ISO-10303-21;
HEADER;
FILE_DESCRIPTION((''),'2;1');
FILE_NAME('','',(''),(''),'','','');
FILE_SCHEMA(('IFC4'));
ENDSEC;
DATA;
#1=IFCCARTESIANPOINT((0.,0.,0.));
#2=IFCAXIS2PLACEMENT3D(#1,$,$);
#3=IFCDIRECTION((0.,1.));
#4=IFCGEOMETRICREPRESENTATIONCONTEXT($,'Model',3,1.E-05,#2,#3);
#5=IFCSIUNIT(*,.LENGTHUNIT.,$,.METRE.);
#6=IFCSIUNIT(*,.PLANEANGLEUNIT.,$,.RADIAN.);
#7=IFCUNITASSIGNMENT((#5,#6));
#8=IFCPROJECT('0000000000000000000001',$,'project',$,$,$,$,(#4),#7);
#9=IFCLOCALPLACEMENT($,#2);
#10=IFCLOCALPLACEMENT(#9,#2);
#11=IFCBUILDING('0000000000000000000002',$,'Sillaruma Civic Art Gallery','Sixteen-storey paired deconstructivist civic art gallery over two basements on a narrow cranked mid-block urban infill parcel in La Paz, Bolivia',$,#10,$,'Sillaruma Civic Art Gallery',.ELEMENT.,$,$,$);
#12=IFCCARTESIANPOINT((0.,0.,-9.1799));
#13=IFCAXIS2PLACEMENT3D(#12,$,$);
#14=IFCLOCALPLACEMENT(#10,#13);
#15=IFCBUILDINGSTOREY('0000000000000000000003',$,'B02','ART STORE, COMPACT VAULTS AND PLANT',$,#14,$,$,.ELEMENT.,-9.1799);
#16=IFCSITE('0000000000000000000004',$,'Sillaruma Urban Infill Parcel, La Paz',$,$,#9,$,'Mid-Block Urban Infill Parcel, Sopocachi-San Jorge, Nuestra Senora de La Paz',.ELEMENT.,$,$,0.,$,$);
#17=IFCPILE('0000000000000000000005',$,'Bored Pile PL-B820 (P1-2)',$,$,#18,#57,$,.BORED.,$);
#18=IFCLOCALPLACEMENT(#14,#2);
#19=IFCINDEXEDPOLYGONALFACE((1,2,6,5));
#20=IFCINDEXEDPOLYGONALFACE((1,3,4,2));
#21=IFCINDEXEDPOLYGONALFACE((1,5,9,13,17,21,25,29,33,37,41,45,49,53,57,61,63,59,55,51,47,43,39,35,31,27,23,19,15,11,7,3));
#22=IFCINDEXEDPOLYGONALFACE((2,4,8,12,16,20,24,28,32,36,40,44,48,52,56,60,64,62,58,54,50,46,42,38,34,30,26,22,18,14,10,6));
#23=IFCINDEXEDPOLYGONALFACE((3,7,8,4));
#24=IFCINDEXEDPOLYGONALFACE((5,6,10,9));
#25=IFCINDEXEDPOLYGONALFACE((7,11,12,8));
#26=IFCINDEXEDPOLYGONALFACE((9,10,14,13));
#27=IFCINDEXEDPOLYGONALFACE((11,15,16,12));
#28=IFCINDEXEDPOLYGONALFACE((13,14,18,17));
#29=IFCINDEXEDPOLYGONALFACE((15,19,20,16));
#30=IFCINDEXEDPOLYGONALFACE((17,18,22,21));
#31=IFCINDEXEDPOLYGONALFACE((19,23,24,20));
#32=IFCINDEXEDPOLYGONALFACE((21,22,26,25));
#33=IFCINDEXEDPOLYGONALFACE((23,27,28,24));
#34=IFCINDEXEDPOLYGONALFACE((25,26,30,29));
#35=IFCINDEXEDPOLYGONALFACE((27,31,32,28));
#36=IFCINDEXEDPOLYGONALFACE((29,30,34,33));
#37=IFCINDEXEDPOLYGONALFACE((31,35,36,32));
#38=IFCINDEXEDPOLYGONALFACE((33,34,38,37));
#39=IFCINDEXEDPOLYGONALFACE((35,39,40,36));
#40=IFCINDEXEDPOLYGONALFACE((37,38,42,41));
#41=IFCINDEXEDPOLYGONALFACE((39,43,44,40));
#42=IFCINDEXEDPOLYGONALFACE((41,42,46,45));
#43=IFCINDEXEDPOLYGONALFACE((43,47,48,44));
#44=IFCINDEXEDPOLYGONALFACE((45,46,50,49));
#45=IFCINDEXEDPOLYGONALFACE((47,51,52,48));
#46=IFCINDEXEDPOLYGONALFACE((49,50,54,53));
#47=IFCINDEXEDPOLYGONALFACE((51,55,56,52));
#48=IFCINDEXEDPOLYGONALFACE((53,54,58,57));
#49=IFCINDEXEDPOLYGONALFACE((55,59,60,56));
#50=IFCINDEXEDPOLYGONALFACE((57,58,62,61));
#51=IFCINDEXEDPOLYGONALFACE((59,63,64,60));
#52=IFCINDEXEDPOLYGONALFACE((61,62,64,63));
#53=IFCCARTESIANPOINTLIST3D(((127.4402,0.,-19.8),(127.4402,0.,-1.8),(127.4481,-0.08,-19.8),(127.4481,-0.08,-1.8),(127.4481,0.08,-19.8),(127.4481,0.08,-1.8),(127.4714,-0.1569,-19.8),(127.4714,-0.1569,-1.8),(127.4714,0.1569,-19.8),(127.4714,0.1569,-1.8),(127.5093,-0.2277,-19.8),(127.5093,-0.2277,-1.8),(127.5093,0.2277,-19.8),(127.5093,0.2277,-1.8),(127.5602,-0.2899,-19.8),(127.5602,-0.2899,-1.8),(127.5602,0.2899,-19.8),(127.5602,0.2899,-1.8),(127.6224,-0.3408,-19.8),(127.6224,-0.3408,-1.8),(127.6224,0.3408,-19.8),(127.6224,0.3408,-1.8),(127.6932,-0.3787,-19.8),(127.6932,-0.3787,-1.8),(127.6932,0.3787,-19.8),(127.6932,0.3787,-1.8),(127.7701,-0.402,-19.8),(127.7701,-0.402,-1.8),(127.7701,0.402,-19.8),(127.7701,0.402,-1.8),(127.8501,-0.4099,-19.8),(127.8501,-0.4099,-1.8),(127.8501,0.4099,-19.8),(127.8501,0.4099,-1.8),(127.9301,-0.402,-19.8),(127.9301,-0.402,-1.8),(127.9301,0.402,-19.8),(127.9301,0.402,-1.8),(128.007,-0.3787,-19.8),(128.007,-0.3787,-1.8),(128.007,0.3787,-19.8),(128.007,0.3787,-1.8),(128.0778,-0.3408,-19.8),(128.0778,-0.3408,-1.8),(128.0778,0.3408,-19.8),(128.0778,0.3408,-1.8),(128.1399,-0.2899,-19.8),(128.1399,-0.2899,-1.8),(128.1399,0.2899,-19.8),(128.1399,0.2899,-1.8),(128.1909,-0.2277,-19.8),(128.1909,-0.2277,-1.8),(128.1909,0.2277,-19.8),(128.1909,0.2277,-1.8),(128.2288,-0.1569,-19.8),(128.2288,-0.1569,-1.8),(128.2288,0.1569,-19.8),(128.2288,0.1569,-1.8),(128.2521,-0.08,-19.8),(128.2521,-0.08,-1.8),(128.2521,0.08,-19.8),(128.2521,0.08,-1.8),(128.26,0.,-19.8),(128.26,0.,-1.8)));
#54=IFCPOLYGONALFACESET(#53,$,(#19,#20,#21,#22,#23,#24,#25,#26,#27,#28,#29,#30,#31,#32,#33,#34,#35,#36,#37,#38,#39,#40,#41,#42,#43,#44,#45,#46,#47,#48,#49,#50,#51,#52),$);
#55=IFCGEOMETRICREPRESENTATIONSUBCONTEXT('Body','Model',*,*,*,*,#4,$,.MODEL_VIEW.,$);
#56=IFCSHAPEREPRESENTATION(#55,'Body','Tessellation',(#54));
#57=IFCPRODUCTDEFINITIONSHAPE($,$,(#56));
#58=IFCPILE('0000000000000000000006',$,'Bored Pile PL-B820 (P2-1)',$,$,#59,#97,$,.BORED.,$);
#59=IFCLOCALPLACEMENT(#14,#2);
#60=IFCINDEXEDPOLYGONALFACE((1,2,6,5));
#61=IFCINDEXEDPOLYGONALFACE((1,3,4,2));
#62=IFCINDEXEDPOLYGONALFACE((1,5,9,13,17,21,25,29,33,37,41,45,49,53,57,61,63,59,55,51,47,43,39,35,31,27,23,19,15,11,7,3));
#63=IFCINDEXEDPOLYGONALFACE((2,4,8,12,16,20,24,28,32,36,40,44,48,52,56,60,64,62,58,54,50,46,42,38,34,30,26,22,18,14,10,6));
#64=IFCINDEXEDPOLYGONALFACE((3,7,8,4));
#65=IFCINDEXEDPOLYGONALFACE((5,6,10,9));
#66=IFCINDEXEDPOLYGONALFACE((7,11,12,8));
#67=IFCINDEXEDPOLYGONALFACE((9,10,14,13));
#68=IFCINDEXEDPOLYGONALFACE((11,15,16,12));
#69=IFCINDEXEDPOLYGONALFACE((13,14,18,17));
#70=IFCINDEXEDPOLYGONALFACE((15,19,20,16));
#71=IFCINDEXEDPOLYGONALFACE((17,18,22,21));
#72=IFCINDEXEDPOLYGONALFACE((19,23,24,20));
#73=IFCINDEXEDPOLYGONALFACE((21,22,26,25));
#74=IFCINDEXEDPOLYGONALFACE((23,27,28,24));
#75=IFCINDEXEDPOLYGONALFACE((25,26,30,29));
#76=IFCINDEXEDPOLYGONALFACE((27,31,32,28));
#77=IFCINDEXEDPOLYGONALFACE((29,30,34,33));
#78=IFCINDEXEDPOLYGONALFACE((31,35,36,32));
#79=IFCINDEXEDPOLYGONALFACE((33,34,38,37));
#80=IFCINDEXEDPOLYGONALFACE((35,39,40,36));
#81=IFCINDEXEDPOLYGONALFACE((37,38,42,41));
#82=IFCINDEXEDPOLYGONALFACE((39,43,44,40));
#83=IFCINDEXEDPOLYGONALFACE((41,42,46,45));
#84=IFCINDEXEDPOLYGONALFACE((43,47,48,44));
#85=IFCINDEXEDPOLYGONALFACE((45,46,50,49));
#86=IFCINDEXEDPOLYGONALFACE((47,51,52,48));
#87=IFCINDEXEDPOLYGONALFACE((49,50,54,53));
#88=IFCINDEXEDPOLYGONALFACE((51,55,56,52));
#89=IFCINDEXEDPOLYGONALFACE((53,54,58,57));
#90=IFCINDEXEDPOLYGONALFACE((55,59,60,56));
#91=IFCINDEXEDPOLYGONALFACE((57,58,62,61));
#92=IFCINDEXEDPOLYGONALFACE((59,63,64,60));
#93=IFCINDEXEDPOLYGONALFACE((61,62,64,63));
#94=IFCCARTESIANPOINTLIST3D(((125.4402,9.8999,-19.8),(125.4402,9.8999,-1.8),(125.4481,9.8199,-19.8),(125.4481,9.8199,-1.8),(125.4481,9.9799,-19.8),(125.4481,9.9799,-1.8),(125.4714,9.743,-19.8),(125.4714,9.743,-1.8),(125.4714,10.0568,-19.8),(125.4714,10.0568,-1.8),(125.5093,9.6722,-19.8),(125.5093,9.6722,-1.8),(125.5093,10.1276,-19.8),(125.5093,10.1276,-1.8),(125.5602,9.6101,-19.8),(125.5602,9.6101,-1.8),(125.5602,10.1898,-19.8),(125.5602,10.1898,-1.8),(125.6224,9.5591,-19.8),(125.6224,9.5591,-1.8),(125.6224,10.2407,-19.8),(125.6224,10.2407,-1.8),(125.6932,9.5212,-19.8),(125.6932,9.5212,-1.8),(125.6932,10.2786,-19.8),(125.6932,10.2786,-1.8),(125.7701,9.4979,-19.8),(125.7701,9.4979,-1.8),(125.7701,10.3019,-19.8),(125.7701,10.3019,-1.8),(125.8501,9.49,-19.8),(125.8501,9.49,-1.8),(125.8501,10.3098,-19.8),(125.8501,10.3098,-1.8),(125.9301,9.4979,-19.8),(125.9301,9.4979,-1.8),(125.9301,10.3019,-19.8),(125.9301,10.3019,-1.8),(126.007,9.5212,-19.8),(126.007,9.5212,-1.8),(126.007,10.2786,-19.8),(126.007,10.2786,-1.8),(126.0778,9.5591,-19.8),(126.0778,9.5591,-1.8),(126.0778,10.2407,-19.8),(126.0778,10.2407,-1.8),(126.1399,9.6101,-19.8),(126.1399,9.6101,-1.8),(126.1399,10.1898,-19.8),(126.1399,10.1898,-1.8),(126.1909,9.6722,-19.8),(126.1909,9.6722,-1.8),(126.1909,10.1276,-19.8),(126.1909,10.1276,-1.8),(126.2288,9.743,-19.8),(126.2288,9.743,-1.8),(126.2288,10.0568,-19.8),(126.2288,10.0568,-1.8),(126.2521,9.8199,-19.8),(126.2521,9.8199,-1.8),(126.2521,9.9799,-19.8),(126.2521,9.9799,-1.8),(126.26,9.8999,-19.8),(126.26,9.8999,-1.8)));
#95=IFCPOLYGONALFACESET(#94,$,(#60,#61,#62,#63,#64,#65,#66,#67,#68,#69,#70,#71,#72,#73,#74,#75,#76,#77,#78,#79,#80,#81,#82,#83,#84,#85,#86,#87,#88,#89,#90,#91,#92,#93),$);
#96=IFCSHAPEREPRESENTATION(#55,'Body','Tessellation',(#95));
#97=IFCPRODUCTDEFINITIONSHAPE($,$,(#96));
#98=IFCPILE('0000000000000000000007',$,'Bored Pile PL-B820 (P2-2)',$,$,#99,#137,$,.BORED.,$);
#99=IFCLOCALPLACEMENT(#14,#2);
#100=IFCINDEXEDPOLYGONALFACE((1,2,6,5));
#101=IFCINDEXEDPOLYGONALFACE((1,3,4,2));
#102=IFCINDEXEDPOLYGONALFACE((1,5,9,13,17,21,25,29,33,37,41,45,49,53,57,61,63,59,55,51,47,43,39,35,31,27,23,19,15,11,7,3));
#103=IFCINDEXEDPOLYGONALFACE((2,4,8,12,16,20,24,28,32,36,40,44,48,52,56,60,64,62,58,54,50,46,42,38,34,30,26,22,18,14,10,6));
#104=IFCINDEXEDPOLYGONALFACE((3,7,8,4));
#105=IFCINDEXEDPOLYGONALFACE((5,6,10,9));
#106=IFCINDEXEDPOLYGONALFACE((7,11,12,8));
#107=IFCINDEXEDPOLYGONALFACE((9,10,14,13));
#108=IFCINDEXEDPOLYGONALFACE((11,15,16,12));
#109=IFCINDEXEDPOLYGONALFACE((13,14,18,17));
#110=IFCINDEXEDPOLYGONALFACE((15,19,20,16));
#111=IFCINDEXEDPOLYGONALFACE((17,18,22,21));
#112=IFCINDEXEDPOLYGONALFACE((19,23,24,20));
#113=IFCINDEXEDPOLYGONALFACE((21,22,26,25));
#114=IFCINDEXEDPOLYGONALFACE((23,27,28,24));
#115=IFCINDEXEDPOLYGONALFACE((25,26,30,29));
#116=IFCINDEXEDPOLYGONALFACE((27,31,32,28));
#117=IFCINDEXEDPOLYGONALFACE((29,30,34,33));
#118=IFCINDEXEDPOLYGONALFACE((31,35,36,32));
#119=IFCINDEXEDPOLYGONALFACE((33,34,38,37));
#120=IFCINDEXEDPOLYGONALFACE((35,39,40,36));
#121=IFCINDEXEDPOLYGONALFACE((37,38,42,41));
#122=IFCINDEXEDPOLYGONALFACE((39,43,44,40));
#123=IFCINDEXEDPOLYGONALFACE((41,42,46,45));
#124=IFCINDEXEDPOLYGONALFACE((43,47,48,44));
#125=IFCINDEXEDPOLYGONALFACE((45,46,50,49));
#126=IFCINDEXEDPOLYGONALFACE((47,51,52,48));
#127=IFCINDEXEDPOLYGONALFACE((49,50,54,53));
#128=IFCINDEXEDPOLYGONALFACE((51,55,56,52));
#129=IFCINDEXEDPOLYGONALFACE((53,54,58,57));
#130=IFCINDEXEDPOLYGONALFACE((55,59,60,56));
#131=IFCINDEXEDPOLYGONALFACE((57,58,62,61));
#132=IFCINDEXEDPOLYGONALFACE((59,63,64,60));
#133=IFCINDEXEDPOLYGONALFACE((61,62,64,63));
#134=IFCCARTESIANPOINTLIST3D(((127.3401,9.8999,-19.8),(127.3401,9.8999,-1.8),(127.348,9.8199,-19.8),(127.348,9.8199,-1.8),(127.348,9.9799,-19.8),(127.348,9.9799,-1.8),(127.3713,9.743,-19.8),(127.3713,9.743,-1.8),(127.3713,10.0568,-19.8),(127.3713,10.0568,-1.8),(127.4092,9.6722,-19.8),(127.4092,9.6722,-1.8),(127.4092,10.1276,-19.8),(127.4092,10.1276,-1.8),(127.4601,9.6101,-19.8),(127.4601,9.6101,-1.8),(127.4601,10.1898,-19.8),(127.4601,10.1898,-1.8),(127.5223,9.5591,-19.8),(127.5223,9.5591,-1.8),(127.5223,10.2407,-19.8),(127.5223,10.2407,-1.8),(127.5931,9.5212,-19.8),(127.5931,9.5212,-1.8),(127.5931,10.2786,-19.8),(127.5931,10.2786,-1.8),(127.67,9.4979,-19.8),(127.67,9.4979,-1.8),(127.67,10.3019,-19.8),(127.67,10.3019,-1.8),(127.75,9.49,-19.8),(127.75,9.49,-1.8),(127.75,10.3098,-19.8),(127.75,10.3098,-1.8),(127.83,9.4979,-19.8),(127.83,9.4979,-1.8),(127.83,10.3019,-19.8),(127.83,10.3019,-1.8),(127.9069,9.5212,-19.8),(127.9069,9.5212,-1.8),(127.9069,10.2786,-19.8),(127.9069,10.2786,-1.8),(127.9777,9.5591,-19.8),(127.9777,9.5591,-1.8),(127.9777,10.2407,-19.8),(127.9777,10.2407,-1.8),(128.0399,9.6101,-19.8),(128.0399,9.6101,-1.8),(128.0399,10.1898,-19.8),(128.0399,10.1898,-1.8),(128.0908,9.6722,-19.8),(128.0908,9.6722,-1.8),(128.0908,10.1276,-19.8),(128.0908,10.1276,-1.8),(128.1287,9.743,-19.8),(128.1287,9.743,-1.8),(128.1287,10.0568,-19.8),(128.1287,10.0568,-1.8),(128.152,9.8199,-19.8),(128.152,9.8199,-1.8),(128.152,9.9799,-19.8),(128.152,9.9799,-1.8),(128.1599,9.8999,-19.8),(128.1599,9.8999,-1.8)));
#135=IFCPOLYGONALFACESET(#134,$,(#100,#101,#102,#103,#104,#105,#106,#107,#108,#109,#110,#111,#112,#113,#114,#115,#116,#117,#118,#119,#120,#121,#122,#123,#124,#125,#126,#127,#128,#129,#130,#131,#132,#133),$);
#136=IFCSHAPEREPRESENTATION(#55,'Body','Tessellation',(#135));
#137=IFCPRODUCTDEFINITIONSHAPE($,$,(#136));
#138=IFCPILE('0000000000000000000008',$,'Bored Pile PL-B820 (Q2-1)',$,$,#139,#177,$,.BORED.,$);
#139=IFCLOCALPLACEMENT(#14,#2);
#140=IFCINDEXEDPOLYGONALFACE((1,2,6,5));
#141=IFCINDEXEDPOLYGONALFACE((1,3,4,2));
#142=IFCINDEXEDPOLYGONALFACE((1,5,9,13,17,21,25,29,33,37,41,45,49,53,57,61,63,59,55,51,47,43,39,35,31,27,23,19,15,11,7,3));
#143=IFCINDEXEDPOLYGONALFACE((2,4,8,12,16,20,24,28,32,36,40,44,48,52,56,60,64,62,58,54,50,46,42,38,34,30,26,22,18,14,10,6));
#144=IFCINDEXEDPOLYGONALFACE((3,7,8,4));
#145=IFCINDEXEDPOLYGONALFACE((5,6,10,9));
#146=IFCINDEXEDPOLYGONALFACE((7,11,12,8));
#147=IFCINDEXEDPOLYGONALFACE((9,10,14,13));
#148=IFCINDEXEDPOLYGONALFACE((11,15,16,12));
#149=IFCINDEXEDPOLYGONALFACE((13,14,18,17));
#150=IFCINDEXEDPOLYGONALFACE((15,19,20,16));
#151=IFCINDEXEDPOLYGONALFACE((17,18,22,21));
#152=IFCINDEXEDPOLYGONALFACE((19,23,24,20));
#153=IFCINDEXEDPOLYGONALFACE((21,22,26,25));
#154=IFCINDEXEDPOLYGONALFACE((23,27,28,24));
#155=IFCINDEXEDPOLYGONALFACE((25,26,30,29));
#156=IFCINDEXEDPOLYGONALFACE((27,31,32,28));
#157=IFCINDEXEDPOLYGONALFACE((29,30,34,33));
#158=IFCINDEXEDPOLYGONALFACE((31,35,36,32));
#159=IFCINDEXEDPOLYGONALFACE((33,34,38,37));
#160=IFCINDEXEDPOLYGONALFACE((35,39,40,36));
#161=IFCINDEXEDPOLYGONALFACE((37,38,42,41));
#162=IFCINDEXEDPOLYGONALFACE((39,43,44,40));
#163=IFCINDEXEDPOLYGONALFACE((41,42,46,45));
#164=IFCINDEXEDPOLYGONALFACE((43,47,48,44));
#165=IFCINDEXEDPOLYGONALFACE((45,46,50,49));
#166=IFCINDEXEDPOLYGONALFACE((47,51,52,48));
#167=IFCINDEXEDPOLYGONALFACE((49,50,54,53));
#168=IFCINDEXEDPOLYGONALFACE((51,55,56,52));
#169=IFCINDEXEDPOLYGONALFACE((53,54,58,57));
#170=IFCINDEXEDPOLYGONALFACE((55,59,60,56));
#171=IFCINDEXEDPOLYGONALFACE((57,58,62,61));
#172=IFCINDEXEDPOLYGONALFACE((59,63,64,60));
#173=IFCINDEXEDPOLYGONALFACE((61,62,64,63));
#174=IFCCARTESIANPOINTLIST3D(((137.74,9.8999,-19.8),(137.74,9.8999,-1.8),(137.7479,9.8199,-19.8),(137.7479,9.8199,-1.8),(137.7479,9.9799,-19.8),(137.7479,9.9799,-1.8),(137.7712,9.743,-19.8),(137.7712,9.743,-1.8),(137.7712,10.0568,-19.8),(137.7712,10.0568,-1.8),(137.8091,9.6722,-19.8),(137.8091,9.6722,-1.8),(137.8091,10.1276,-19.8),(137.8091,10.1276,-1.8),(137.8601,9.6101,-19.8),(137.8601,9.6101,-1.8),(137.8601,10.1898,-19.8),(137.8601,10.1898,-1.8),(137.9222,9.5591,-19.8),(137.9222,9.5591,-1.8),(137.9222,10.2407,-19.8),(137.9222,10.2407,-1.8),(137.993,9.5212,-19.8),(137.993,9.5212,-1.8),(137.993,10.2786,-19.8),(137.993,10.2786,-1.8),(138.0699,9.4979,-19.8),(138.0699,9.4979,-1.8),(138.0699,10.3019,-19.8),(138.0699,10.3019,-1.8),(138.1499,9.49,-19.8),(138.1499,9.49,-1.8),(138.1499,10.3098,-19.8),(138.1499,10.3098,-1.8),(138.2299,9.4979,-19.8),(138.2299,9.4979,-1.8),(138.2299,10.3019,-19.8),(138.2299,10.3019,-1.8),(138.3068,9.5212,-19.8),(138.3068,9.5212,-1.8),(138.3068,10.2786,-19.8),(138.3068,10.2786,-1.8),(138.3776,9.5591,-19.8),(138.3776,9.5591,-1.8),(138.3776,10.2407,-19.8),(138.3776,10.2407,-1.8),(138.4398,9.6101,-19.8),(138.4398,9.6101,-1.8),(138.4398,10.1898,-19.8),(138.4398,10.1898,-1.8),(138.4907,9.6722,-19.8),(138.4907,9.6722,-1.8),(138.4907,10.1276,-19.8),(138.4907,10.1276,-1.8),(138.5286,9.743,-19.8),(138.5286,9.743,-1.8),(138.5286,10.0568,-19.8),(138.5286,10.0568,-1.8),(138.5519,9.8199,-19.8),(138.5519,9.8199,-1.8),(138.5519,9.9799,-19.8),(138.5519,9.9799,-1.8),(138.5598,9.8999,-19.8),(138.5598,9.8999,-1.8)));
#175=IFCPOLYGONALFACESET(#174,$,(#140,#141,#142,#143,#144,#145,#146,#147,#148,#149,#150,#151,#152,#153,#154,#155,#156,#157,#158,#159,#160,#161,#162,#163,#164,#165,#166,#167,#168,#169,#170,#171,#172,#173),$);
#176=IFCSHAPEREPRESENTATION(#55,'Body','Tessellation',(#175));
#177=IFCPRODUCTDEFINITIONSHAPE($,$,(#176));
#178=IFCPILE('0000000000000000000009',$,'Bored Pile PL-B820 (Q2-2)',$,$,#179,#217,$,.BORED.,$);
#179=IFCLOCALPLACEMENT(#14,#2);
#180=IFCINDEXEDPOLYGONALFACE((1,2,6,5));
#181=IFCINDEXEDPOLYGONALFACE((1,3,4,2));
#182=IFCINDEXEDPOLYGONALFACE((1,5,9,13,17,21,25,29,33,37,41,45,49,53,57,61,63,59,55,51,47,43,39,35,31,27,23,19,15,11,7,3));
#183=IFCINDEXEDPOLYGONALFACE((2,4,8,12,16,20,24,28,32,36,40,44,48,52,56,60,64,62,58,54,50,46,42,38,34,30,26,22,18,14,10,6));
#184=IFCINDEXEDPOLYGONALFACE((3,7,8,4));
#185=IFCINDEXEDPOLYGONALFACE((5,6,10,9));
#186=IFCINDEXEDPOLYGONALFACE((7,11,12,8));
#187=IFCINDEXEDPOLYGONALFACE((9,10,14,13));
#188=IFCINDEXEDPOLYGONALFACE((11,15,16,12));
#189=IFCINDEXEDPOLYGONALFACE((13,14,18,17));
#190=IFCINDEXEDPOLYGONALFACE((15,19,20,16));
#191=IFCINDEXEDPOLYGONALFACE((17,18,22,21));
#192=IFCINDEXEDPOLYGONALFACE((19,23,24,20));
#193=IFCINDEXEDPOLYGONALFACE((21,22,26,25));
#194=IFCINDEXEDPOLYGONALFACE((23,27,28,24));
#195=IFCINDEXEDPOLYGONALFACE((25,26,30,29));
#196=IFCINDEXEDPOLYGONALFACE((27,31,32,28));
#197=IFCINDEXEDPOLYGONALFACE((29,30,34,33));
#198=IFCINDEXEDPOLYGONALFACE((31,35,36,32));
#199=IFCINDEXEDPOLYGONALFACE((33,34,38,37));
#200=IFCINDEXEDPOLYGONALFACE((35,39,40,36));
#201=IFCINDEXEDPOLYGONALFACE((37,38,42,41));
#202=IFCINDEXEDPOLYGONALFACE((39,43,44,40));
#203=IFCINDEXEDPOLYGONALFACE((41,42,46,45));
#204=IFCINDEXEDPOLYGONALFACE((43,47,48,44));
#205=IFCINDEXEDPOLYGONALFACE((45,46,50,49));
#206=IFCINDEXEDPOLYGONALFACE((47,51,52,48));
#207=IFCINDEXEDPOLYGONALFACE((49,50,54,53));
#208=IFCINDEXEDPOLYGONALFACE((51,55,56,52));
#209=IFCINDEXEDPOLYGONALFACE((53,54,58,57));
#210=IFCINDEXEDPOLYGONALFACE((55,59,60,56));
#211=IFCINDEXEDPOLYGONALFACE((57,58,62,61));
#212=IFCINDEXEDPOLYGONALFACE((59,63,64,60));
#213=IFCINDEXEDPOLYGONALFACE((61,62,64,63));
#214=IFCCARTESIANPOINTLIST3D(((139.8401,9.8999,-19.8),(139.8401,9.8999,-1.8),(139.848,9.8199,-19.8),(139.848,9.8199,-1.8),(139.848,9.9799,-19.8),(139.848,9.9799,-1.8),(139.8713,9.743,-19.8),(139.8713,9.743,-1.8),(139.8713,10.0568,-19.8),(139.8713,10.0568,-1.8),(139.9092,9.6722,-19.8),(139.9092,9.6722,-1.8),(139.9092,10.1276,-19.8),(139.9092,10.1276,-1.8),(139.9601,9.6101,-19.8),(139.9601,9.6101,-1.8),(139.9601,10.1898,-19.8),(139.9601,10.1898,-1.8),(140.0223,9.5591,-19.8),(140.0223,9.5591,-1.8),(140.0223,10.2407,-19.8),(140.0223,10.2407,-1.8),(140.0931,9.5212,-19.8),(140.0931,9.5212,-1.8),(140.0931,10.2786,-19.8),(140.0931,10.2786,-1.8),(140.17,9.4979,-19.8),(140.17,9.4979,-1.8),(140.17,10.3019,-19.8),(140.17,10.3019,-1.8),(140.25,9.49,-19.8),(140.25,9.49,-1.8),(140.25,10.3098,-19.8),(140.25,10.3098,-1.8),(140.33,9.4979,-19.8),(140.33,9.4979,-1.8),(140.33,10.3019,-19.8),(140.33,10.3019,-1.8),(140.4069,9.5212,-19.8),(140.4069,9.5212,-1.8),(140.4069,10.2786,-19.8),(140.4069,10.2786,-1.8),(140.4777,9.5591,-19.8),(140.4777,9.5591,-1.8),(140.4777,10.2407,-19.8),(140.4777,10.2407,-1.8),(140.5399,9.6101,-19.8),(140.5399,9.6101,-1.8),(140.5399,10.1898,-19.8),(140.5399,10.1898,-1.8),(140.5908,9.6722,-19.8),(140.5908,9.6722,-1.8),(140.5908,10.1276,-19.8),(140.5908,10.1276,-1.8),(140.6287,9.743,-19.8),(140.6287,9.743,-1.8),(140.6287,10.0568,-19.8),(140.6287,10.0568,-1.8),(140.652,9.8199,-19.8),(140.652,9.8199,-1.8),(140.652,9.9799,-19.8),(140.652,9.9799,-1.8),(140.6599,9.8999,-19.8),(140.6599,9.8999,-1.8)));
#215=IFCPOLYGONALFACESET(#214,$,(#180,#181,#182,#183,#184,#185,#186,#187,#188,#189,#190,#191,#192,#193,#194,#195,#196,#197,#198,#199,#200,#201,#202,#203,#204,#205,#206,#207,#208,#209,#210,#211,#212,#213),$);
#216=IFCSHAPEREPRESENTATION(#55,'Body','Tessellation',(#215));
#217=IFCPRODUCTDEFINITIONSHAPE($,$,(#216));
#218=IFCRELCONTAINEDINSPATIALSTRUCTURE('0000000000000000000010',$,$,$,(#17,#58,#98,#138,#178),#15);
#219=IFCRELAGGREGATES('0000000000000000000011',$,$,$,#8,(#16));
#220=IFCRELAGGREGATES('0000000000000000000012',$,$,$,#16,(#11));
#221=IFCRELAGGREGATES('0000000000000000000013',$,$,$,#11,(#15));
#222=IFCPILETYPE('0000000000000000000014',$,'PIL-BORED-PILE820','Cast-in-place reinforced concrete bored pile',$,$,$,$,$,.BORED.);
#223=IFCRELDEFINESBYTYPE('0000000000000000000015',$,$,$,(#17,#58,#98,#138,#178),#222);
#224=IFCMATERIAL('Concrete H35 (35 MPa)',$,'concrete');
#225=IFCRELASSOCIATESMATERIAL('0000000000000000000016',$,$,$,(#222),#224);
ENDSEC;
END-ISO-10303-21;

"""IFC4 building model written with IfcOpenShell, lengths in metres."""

from ifc_helpers import new_model, si_unit, direction, frame, origin, origin_2d, place, context, subcontext, project, spatial, circle, extrude, material, material_profile, profile_set, type_object, element, save


model = new_model("IFC4")

# Units and contexts
model_context = context("Model", 3, precision=1e-05, world=origin(), true_north=direction((0.0, 1.0)))
body_context = subcontext(model_context, "Body", "Model", "MODEL_VIEW")
ifc_project = project(units=[si_unit("LENGTHUNIT", "METRE"), si_unit("PLANEANGLEUNIT", "RADIAN")], contexts=[model_context])

# Site, building, storey
site_placement = place(None, origin())
site = spatial("IfcSite", under=ifc_project, at=site_placement, Name="Sillaruma Urban Infill Parcel, La Paz", LongName="Mid-Block Urban Infill Parcel, Sopocachi-San Jorge, Nuestra Senora de La Paz", CompositionType="ELEMENT", RefElevation=0.0)
building_placement = place(site_placement, origin())
building = spatial("IfcBuilding", under=site, at=building_placement, Name="Sillaruma Civic Art Gallery", Description="Sixteen-storey paired deconstructivist civic art gallery over two basements on a narrow cranked mid-block urban infill parcel in La Paz, Bolivia", LongName="Sillaruma Civic Art Gallery", CompositionType="ELEMENT")
storey_placement = place(building_placement, frame((0.0, 0.0, -9.1799)))
storey = spatial("IfcBuildingStorey", under=building, at=storey_placement, Name="B02", Description="ART STORE, COMPACT VAULTS AND PLANT", CompositionType="ELEMENT", Elevation=-9.1799)

# Shared definitions
ifc_material_1 = material(Name="Concrete H35 (35 MPa)", Category="concrete")

# Piles
ifc_material_profile_1 = material_profile(ifc_material_1, circle(Radius=0.4099, at=origin_2d()), Name="PILE820")
ifc_profile_set_1 = profile_set([ifc_material_profile_1], Name="Concrete H35 (35 MPa)")
pile_type_1 = type_object("IfcPileType", Name="PIL-BORED-PILE820", Description="Cast-in-place reinforced concrete bored pile", PredefinedType="BORED", material=ifc_profile_set_1)
for number, where, z_axis, x_axis, name in (
    (1, (127.8501, 0.0, -1.8), (0.0, 0.0, -1.0), (1.0, 0.0, 0.0), "Bored Pile PL-B820 (P1-2)"),
    (2, (125.8501, 9.8999, -1.8), (0.0, 0.0, -1.0), (1.0, 0.0, 0.0), "Bored Pile PL-B820 (P2-1)"),
    (3, (127.75, 9.8999, -1.8), (0.0, 0.0, -1.0), (1.0, 0.0, 0.0), "Bored Pile PL-B820 (P2-2)"),
    (4, (138.1499, 9.8999, -1.8), (0.0, 0.0, -1.0), (1.0, 0.0, 0.0), "Bored Pile PL-B820 (Q2-1)"),
    (5, (140.25, 9.8999, -1.8), (0.0, 0.0, -1.0), (1.0, 0.0, 0.0), "Bored Pile PL-B820 (Q2-2)"),
):
    element("IfcPile", number, at=place(storey_placement, frame(where, z_axis=z_axis, x_axis=x_axis)), inside=storey, type_object=pile_type_1, Name=name, PredefinedType="BORED", context=body_context, shape_type="SweptSolid", body=[
        extrude(circle(Radius=0.4099, at=origin_2d()), origin(), (0.0, 0.0, 1.0), 18.0),
    ])

save(model, "model.ifc")
